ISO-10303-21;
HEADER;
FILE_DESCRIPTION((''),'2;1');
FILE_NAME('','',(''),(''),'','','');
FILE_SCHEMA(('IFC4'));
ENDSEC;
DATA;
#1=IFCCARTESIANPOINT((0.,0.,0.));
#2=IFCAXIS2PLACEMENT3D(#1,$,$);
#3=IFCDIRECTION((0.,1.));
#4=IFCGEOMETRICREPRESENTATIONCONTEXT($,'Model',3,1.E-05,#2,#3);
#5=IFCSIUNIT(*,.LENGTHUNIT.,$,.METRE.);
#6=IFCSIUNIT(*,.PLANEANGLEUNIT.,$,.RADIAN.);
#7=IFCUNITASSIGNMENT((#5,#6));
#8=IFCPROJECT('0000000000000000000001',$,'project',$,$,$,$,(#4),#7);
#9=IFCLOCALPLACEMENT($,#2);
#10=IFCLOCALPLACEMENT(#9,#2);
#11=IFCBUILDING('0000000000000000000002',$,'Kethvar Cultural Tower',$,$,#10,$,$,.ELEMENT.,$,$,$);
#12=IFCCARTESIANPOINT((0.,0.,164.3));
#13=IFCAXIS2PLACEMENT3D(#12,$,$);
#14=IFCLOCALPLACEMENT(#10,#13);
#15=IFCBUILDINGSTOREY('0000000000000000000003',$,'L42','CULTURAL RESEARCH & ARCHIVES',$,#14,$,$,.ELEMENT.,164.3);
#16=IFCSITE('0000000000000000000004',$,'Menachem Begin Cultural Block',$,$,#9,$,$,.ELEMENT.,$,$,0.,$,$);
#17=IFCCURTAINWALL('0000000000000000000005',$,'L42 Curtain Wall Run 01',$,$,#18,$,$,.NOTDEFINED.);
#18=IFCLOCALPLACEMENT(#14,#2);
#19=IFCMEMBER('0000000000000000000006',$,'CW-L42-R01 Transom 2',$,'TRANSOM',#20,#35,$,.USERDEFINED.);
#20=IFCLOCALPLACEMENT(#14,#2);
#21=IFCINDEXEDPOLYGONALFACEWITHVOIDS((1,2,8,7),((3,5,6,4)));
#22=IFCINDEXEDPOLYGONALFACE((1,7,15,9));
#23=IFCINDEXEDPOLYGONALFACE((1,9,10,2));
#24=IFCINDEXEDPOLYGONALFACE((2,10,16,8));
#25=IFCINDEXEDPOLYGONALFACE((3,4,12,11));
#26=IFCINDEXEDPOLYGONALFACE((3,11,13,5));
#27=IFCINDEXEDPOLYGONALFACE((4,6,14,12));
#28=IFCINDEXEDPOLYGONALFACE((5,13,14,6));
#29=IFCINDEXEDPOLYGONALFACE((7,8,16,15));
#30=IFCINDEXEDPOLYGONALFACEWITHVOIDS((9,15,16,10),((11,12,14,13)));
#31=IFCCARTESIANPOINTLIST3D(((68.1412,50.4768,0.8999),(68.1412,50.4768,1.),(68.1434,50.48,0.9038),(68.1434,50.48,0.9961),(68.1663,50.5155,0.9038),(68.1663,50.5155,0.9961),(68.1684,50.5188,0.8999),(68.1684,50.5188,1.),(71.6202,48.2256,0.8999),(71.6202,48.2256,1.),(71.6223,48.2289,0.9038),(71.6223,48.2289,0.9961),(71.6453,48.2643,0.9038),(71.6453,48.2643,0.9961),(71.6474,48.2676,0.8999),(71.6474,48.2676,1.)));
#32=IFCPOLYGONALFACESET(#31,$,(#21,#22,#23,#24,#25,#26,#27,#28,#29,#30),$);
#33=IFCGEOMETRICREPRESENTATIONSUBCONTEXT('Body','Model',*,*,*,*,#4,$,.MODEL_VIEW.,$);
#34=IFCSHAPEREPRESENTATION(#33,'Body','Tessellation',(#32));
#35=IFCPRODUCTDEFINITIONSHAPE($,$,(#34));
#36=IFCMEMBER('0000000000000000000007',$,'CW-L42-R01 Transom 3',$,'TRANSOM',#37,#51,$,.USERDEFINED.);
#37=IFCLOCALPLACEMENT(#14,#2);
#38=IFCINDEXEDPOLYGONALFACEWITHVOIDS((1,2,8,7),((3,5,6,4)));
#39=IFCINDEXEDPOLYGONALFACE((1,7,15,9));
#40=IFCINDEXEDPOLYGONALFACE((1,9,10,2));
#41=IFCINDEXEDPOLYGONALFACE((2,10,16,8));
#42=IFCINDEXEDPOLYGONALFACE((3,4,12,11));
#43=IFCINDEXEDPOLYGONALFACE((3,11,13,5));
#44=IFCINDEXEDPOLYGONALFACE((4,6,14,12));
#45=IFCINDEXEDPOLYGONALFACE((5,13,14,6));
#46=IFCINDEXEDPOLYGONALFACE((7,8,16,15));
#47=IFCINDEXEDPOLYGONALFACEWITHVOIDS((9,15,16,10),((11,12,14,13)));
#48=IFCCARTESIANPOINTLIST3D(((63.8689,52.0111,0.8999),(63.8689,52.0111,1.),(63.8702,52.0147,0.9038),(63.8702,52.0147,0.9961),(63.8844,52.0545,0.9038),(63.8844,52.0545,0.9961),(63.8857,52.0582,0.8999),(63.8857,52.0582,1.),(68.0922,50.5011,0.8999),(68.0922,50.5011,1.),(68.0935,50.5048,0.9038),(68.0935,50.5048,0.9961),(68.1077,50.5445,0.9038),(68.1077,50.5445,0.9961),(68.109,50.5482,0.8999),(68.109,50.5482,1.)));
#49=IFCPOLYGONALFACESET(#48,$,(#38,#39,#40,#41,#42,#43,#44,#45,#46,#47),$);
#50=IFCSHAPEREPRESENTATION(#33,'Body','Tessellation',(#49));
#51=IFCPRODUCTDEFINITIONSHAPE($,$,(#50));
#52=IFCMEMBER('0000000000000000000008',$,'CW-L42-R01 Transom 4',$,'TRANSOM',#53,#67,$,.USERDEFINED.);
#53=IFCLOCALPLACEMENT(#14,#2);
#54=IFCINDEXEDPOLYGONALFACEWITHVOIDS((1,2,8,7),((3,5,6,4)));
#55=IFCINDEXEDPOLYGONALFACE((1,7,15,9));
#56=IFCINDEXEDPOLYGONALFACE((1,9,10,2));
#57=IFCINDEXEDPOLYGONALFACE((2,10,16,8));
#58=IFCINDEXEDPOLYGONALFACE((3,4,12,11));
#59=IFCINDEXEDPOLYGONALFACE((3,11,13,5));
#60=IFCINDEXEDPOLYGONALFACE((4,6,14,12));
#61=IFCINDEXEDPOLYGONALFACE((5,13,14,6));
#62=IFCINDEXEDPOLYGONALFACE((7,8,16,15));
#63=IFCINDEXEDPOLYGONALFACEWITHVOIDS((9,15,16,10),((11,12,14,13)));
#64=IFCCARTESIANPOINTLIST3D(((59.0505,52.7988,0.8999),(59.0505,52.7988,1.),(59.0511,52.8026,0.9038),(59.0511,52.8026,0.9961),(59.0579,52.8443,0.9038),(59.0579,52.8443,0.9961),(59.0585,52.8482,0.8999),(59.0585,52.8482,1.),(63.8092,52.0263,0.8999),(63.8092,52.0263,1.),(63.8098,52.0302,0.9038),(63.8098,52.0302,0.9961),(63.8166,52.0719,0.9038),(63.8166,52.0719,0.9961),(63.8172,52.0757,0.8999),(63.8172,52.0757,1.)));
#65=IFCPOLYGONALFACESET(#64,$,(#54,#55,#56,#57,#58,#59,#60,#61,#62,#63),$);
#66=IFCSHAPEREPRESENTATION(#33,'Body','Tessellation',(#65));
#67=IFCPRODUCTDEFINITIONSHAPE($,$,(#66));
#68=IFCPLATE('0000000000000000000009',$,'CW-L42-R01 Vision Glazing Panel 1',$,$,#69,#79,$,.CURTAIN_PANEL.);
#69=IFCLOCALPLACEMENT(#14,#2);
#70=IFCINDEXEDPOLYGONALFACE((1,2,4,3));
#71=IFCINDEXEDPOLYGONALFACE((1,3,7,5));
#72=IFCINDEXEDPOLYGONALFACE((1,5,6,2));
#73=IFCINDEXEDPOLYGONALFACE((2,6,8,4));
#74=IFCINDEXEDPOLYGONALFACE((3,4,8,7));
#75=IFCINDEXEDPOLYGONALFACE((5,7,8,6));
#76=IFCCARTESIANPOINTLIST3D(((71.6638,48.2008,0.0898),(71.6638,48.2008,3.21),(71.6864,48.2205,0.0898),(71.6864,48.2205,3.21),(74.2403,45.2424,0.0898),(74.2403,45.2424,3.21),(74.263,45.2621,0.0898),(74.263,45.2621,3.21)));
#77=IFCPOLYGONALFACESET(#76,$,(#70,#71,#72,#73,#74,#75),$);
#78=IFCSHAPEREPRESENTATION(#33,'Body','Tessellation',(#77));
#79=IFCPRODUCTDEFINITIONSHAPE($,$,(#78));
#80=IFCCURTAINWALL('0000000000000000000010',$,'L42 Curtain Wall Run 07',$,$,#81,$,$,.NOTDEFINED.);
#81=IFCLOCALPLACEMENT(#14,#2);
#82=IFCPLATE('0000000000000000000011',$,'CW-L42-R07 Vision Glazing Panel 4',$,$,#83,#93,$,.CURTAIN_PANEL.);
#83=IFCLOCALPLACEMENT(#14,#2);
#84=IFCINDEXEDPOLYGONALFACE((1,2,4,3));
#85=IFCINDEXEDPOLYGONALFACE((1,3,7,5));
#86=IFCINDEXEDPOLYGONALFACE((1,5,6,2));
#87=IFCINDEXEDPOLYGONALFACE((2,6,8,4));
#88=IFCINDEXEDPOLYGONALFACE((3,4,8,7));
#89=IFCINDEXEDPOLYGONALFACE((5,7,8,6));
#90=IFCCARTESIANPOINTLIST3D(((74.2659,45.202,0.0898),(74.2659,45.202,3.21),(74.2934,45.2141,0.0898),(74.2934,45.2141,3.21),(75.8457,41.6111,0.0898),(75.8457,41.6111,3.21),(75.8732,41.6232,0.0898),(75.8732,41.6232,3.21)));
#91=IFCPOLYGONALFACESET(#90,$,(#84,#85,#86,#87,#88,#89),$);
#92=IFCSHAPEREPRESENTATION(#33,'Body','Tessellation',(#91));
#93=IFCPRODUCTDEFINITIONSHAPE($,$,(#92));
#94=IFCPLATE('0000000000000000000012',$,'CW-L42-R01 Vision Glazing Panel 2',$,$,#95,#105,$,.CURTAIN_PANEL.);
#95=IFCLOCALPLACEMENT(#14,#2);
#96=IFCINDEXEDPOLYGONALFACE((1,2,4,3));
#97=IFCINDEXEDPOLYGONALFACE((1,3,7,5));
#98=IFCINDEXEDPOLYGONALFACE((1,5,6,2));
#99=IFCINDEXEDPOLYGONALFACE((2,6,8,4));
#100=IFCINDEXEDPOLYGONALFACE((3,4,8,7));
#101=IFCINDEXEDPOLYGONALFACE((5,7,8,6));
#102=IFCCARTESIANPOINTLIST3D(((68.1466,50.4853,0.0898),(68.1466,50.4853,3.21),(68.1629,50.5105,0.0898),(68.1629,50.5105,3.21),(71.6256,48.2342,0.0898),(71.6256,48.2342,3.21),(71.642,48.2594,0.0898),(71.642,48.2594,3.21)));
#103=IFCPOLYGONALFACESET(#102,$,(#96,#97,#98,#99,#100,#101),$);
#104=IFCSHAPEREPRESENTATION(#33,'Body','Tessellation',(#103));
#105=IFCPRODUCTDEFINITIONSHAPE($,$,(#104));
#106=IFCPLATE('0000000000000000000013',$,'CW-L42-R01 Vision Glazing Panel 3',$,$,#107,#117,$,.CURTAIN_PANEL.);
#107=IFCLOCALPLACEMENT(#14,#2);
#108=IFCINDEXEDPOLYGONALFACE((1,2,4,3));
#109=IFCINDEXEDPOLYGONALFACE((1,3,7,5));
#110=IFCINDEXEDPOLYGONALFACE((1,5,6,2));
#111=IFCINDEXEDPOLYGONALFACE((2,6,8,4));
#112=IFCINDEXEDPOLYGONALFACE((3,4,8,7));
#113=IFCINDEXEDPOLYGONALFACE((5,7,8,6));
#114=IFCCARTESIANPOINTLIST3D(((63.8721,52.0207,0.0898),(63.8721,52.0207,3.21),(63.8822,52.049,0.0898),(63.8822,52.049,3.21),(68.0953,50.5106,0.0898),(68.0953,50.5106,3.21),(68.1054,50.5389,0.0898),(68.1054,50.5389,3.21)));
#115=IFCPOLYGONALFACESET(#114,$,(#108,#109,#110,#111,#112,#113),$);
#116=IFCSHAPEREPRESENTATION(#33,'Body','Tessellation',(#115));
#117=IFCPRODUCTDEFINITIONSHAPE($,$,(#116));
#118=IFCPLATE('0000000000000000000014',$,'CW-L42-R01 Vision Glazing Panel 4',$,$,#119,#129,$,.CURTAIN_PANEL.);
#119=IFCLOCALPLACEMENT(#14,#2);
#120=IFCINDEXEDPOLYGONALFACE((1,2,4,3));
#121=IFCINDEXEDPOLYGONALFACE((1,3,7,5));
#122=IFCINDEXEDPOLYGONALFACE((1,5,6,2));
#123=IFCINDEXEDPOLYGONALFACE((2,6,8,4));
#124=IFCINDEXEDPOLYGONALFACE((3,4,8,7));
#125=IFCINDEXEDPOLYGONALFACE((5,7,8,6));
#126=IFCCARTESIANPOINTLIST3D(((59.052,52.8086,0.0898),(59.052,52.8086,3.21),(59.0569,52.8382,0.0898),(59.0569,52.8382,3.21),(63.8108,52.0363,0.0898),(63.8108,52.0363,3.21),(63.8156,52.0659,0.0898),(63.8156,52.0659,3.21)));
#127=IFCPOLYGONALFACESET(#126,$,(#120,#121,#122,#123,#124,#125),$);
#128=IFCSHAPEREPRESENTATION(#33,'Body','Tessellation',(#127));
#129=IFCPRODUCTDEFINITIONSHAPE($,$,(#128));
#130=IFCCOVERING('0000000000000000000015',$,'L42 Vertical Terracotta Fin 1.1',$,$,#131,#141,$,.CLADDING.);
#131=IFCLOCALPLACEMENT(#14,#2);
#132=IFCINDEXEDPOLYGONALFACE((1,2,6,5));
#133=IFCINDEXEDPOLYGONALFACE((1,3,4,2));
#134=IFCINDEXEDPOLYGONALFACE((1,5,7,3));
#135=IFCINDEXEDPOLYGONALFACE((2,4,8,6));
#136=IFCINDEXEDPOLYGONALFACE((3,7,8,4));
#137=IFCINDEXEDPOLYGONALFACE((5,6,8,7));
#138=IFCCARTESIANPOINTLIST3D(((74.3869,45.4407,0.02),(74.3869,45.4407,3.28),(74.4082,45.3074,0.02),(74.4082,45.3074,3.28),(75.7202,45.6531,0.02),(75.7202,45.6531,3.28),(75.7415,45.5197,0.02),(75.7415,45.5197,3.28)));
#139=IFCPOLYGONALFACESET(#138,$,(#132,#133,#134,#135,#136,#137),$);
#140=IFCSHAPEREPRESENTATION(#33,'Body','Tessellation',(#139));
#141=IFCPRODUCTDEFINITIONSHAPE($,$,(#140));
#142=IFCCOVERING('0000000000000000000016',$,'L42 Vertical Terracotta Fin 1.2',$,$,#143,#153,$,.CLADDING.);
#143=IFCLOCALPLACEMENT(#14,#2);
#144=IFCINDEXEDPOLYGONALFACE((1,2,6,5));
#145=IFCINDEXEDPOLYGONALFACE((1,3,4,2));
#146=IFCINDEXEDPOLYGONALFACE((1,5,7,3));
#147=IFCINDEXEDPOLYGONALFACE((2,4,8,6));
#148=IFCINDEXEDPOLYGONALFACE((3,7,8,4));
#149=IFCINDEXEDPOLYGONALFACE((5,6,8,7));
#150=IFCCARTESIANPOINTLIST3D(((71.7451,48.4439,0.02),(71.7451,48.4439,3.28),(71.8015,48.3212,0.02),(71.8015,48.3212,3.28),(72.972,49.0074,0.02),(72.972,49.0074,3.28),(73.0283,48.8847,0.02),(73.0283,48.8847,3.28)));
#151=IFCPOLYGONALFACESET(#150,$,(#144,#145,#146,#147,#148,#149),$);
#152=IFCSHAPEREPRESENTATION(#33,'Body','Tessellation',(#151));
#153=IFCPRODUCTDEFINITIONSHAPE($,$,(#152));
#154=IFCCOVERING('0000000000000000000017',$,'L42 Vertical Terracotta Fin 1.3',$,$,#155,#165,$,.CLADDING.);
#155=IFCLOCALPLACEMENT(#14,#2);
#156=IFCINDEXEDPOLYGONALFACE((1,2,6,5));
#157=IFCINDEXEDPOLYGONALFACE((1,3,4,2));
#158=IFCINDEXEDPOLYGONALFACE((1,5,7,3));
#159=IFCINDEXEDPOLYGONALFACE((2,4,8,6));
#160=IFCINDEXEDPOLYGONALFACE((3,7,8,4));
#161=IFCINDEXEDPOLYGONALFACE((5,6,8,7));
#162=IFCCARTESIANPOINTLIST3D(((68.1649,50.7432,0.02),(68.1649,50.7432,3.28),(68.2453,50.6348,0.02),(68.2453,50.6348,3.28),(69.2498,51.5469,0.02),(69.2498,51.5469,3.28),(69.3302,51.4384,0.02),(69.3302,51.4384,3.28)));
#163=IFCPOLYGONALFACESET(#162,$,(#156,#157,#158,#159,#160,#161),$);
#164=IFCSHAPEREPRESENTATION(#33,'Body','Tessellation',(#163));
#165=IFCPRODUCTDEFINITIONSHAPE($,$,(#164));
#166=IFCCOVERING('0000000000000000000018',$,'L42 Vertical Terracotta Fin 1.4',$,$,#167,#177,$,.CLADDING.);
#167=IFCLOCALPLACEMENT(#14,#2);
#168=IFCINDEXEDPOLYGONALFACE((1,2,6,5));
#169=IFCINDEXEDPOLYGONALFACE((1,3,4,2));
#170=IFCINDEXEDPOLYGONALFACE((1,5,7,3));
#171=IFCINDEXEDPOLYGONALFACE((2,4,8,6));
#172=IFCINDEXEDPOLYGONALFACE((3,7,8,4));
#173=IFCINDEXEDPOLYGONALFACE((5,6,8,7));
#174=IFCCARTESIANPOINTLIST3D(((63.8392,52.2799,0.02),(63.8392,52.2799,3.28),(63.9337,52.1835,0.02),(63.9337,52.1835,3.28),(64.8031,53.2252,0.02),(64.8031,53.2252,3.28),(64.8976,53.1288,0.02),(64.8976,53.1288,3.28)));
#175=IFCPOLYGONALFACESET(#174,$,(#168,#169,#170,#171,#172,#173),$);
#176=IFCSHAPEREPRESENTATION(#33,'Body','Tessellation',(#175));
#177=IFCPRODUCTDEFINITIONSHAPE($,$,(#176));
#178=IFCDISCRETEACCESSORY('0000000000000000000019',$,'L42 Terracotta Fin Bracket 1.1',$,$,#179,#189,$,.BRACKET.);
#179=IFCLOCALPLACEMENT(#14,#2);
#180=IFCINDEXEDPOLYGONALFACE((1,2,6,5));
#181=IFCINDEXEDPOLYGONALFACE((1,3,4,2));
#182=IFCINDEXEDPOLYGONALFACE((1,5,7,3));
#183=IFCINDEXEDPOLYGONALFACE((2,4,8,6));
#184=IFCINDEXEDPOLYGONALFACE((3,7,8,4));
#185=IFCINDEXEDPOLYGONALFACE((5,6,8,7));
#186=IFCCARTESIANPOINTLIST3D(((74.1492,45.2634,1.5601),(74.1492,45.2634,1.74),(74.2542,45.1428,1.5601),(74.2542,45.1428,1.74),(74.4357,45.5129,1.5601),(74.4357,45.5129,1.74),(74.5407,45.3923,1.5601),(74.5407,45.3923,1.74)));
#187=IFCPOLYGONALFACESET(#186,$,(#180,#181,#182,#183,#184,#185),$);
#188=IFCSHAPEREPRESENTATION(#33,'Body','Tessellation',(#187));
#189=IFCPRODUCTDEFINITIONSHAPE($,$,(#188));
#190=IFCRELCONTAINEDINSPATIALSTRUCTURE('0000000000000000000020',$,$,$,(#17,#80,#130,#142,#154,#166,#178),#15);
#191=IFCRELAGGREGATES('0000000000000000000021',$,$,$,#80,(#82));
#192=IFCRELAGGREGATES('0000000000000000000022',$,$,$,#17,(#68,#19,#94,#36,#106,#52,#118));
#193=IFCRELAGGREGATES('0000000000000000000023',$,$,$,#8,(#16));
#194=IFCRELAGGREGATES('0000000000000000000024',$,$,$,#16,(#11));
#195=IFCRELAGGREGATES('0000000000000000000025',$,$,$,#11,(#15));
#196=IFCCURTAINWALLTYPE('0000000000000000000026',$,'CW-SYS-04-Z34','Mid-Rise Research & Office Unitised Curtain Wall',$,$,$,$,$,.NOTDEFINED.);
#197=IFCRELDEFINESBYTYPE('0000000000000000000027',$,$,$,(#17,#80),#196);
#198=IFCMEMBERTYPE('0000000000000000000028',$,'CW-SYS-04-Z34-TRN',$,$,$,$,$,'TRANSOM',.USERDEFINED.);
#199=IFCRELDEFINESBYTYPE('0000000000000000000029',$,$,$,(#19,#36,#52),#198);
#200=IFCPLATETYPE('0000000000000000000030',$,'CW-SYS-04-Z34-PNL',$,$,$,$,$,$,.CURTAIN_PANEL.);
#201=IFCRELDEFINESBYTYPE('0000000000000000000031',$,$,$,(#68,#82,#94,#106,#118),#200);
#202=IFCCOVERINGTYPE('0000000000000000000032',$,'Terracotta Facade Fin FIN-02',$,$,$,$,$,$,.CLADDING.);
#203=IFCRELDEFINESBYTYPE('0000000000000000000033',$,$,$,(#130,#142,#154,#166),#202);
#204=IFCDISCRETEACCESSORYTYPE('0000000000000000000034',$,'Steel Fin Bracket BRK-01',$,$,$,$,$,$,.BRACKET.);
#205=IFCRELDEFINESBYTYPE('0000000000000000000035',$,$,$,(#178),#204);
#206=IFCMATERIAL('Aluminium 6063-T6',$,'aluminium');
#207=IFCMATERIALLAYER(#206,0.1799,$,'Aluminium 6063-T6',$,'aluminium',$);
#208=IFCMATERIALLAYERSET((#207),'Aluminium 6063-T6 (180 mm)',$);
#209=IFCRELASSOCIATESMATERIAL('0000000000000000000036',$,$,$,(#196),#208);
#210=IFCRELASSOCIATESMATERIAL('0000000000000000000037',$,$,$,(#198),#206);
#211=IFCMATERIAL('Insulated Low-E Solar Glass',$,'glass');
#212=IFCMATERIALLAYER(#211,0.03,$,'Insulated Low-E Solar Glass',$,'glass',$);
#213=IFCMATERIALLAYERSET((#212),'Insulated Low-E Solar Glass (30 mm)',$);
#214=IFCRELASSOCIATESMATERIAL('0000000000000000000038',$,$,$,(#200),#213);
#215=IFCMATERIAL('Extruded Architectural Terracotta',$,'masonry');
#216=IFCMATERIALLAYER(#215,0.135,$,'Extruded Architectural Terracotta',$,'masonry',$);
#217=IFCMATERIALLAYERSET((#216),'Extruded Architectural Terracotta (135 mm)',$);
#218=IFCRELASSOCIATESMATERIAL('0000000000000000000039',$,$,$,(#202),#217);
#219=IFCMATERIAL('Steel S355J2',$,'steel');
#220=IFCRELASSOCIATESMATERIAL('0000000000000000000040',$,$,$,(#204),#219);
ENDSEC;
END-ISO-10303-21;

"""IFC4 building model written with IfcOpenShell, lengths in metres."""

from ifc_helpers import new_model, si_unit, direction, frame, origin, origin_2d, place, context, subcontext, project, spatial, rectangle, hollow_rectangle, extrude, source, transform, mapped, material, layer, layer_set, material_profile, profile_set, type_object, element, aggregate, save


model = new_model("IFC4")

# Units and contexts
model_context = context("Model", 3, precision=1e-05, world=origin(), true_north=direction((0.0, 1.0)))
body_context = subcontext(model_context, "Body", "Model", "MODEL_VIEW")
ifc_project = project(units=[si_unit("LENGTHUNIT", "METRE"), si_unit("PLANEANGLEUNIT", "RADIAN")], contexts=[model_context])

# Site, building, storey
site_placement = place(None, origin())
site = spatial("IfcSite", under=ifc_project, at=site_placement, Name="Menachem Begin Cultural Block", CompositionType="ELEMENT", RefElevation=0.0)
building_placement = place(site_placement, origin())
building = spatial("IfcBuilding", under=site, at=building_placement, Name="Kethvar Cultural Tower", CompositionType="ELEMENT")
storey_placement = place(building_placement, frame((0.0, 0.0, 164.3)))
storey = spatial("IfcBuildingStorey", under=building, at=storey_placement, Name="L42", Description="CULTURAL RESEARCH & ARCHIVES", CompositionType="ELEMENT", Elevation=164.3)

# Shared definitions
ifc_material_1 = material(Name="Steel S355J2", Category="steel")

# Curtain wall, members, plate
ifc_material_2 = material(Name="Aluminium 6063-T6", Category="aluminium")
ifc_layer_1 = layer(ifc_material_2, 0.1799, Name="Aluminium 6063-T6", Category="aluminium")
ifc_layer_set_1 = layer_set([ifc_layer_1], Name="Aluminium 6063-T6 (180 mm)")
curtain_wall_type = type_object("IfcCurtainWallType", Name="CW-SYS-04-Z34", Description="Mid-Rise Research & Office Unitised Curtain Wall", PredefinedType="NOTDEFINED", material=ifc_layer_set_1)
curtain_wall_1_placement = place(storey_placement, origin())
curtain_wall_1 = element("IfcCurtainWall", 1, at=curtain_wall_1_placement, inside=storey, type_object=curtain_wall_type, Name="L42 Curtain Wall Run 01", PredefinedType="NOTDEFINED")
ifc_material_profile_1 = material_profile(ifc_material_2, hollow_rectangle(XDim=0.05, YDim=0.1001, WallThickness=0.0039, at=origin_2d()), Name="Aluminium 6063-T6 — RHS100x50x4")
ifc_profile_set_1 = profile_set([ifc_material_profile_1], Name="Aluminium 6063-T6 — RHS100x50x4")
member_type_1 = type_object("IfcMemberType", Name="CW-SYS-04-Z34-TRN", ElementType="TRANSOM", PredefinedType="USERDEFINED", material=ifc_profile_set_1)
shared_shape_1 = source(origin(), body_context, "Body", "SweptSolid", [
    extrude(hollow_rectangle(XDim=0.05, YDim=0.1001, WallThickness=0.0039, at=origin_2d()), origin(), (0.0, 0.0, 1.0), 4.1438),
])
member_1_placement = place(storey_placement, frame((71.6338, 48.2466, 0.95), z_axis=(-0.839559, 0.543268, 0.0), x_axis=(-0.543268, -0.839559, 0.0)))
member_1 = element("IfcMember", 2, at=member_1_placement, type_object=member_type_1, Name="CW-L42-R01 Transom 2", ObjectType="TRANSOM", PredefinedType="USERDEFINED", context=body_context, shape_type="MappedRepresentation", body=[
    mapped(shared_shape_1, transform((0.0, 0.0, 0.0), scale=1.0)),
])
shared_shape_2 = source(origin(), body_context, "Body", "SweptSolid", [
    extrude(hollow_rectangle(XDim=0.05, YDim=0.1001, WallThickness=0.0039, at=origin_2d()), origin(), (0.0, 0.0, 1.0), 4.4851),
])
member_2_placement = place(storey_placement, frame((68.1006, 50.5247, 0.95), z_axis=(-0.941625, 0.336664, 0.0), x_axis=(-0.336664, -0.941625, 0.0)))
member_2 = element("IfcMember", 3, at=member_2_placement, type_object=member_type_1, Name="CW-L42-R01 Transom 3", ObjectType="TRANSOM", PredefinedType="USERDEFINED", context=body_context, shape_type="MappedRepresentation", body=[
    mapped(shared_shape_2, transform((0.0, 0.0, 0.0), scale=1.0)),
])
shared_shape_3 = source(origin(), body_context, "Body", "SweptSolid", [
    extrude(hollow_rectangle(XDim=0.05, YDim=0.1001, WallThickness=0.0039, at=origin_2d()), origin(), (0.0, 0.0, 1.0), 4.821),
])
member_3_placement = place(storey_placement, frame((63.8132, 52.051, 0.95), z_axis=(-0.98708, 0.160226, 0.0), x_axis=(-0.160226, -0.98708, 0.0)))
member_3 = element("IfcMember", 4, at=member_3_placement, type_object=member_type_1, Name="CW-L42-R01 Transom 4", ObjectType="TRANSOM", PredefinedType="USERDEFINED", context=body_context, shape_type="MappedRepresentation", body=[
    mapped(shared_shape_3, transform((0.0, 0.0, 0.0), scale=1.0)),
])
ifc_material_3 = material(Name="Insulated Low-E Solar Glass", Category="glass")
ifc_layer_2 = layer(ifc_material_3, 0.03, Name="Insulated Low-E Solar Glass", Category="glass")
ifc_layer_set_2 = layer_set([ifc_layer_2], Name="Insulated Low-E Solar Glass (30 mm)")
plate_type = type_object("IfcPlateType", Name="CW-SYS-04-Z34-PNL", PredefinedType="CURTAIN_PANEL", material=ifc_layer_set_2)
shared_shape_4 = source(origin(), body_context, "Body", "SweptSolid", [
    extrude(rectangle(XDim=3.9231, YDim=0.03, at=origin_2d()), origin(), (0.0, 0.0, 1.0), 3.1201),
])
plate_1_placement = place(storey_placement, frame((72.9634, 46.7314, 0.0898), z_axis=(0.0, 0.0, 1.0), x_axis=(-0.656757, 0.754102, 0.0)))
plate_1 = element("IfcPlate", 5, at=plate_1_placement, type_object=plate_type, Name="CW-L42-R01 Vision Glazing Panel 1", PredefinedType="CURTAIN_PANEL", context=body_context, shape_type="MappedRepresentation", body=[
    mapped(shared_shape_4, transform((0.0, 0.0, 0.0), scale=1.0)),
])

# Curtain wall, plate
curtain_wall_2_placement = place(storey_placement, origin())
curtain_wall_2 = element("IfcCurtainWall", 6, at=curtain_wall_2_placement, inside=storey, type_object=curtain_wall_type, Name="L42 Curtain Wall Run 07", PredefinedType="NOTDEFINED")
plate_2_placement = place(storey_placement, frame((75.0696, 43.4126, 0.0898), z_axis=(0.0, 0.0, 1.0), x_axis=(-0.402699, 0.915333, 0.0)))
plate_2 = element("IfcPlate", 7, at=plate_2_placement, type_object=plate_type, Name="CW-L42-R07 Vision Glazing Panel 4", PredefinedType="CURTAIN_PANEL", context=body_context, shape_type="MappedRepresentation", body=[
    mapped(shared_shape_4, transform((0.0, 0.0, 0.0), scale=1.0)),
])
aggregate(curtain_wall_2, [plate_2])

# Plates
shared_shape_5 = source(origin(), body_context, "Body", "SweptSolid", [
    extrude(rectangle(XDim=4.1438, YDim=0.03, at=origin_2d()), origin(), (0.0, 0.0, 1.0), 3.1201),
])
plate_3_placement = place(storey_placement, frame((69.8943, 49.3723, 0.0898), z_axis=(0.0, 0.0, 1.0), x_axis=(-0.839572, 0.543248, 0.0)))
plate_3 = element("IfcPlate", 8, at=plate_3_placement, type_object=plate_type, Name="CW-L42-R01 Vision Glazing Panel 2", PredefinedType="CURTAIN_PANEL", context=body_context, shape_type="MappedRepresentation", body=[
    mapped(shared_shape_5, transform((0.0, 0.0, 0.0), scale=1.0)),
])
shared_shape_6 = source(origin(), body_context, "Body", "SweptSolid", [
    extrude(rectangle(XDim=4.4851, YDim=0.03, at=origin_2d()), origin(), (0.0, 0.0, 1.0), 3.1201),
])
plate_4_placement = place(storey_placement, frame((65.9888, 51.2798, 0.0898), z_axis=(0.0, 0.0, 1.0), x_axis=(-0.941612, 0.336701, 0.0)))
plate_4 = element("IfcPlate", 9, at=plate_4_placement, type_object=plate_type, Name="CW-L42-R01 Vision Glazing Panel 3", PredefinedType="CURTAIN_PANEL", context=body_context, shape_type="MappedRepresentation", body=[
    mapped(shared_shape_6, transform((0.0, 0.0, 0.0), scale=1.0)),
])
shared_shape_7 = source(origin(), body_context, "Body", "SweptSolid", [
    extrude(rectangle(XDim=4.821, YDim=0.03, at=origin_2d()), origin(), (0.0, 0.0, 1.0), 3.1201),
])
plate_5_placement = place(storey_placement, frame((61.4338, 52.4373, 0.0898), z_axis=(0.0, 0.0, 1.0), x_axis=(-0.987086, 0.160191, 0.0)))
plate_5 = element("IfcPlate", 10, at=plate_5_placement, type_object=plate_type, Name="CW-L42-R01 Vision Glazing Panel 4", PredefinedType="CURTAIN_PANEL", context=body_context, shape_type="MappedRepresentation", body=[
    mapped(shared_shape_7, transform((0.0, 0.0, 0.0), scale=1.0)),
])
aggregate(curtain_wall_1, [plate_1, member_1, plate_3, member_2, plate_4, member_3, plate_5])

# Coverings
ifc_material_4 = material(Name="Extruded Architectural Terracotta", Category="masonry")
ifc_layer_3 = layer(ifc_material_4, 0.135, Name="Extruded Architectural Terracotta", Category="masonry")
ifc_layer_set_3 = layer_set([ifc_layer_3], Name="Extruded Architectural Terracotta (135 mm)")
covering_type = type_object("IfcCoveringType", Name="Terracotta Facade Fin FIN-02", PredefinedType="CLADDING", material=ifc_layer_set_3)
shared_shape_8 = source(origin(), body_context, "Body", "SweptSolid", [
    extrude(rectangle(XDim=1.3501, YDim=0.135, at=origin_2d()), origin(), (0.0, 0.0, 1.0), 3.26),
])
for number, where, z_axis, x_axis, name in (
    (11, (75.0642, 45.4802, 0.02), (0.0, 0.0, 1.0), (0.987551, 0.157296, 0.0), "L42 Vertical Terracotta Fin 1.1"),
    (12, (72.3867, 48.6643, 0.02), (0.0, 0.0, 1.0), (0.908727, 0.417391, 0.0), "L42 Vertical Terracotta Fin 1.2"),
    (13, (68.7476, 51.0908, 0.02), (0.0, 0.0, 1.0), (0.803545, 0.595244, 0.0), "L42 Vertical Terracotta Fin 1.3"),
    (14, (64.3684, 52.7043, 0.02), (0.0, 0.0, 1.0), (0.713984, 0.700162, 0.0), "L42 Vertical Terracotta Fin 1.4"),
):
    element("IfcCovering", number, at=place(storey_placement, frame(where, z_axis=z_axis, x_axis=x_axis)), inside=storey, type_object=covering_type, Name=name, PredefinedType="CLADDING", context=body_context, shape_type="MappedRepresentation", body=[
        mapped(shared_shape_8, transform((0.0, 0.0, 0.0), scale=1.0)),
    ])

# Discrete accessory
discrete_accessory_type = type_object("IfcDiscreteAccessoryType", Name="Steel Fin Bracket BRK-01", PredefinedType="BRACKET", material=ifc_material_1)
shared_shape_9 = source(origin(), body_context, "Body", "SweptSolid", [
    extrude(rectangle(XDim=0.3799, YDim=0.1599, at=origin_2d()), origin(), (0.0, 0.0, 1.0), 0.1799),
])
for number, where, z_axis, x_axis, name in (
    (15, (74.345, 45.3279, 1.5601), (0.0, 0.0, 1.0), (0.754137, 0.656717, 0.0), "L42 Terracotta Fin Bracket 1.1"),
):
    element("IfcDiscreteAccessory", number, at=place(storey_placement, frame(where, z_axis=z_axis, x_axis=x_axis)), inside=storey, type_object=discrete_accessory_type, Name=name, PredefinedType="BRACKET", context=body_context, shape_type="MappedRepresentation", body=[
        mapped(shared_shape_9, transform((0.0, 0.0, 0.0), scale=1.0)),
    ])

save(model, "model.ifc")
